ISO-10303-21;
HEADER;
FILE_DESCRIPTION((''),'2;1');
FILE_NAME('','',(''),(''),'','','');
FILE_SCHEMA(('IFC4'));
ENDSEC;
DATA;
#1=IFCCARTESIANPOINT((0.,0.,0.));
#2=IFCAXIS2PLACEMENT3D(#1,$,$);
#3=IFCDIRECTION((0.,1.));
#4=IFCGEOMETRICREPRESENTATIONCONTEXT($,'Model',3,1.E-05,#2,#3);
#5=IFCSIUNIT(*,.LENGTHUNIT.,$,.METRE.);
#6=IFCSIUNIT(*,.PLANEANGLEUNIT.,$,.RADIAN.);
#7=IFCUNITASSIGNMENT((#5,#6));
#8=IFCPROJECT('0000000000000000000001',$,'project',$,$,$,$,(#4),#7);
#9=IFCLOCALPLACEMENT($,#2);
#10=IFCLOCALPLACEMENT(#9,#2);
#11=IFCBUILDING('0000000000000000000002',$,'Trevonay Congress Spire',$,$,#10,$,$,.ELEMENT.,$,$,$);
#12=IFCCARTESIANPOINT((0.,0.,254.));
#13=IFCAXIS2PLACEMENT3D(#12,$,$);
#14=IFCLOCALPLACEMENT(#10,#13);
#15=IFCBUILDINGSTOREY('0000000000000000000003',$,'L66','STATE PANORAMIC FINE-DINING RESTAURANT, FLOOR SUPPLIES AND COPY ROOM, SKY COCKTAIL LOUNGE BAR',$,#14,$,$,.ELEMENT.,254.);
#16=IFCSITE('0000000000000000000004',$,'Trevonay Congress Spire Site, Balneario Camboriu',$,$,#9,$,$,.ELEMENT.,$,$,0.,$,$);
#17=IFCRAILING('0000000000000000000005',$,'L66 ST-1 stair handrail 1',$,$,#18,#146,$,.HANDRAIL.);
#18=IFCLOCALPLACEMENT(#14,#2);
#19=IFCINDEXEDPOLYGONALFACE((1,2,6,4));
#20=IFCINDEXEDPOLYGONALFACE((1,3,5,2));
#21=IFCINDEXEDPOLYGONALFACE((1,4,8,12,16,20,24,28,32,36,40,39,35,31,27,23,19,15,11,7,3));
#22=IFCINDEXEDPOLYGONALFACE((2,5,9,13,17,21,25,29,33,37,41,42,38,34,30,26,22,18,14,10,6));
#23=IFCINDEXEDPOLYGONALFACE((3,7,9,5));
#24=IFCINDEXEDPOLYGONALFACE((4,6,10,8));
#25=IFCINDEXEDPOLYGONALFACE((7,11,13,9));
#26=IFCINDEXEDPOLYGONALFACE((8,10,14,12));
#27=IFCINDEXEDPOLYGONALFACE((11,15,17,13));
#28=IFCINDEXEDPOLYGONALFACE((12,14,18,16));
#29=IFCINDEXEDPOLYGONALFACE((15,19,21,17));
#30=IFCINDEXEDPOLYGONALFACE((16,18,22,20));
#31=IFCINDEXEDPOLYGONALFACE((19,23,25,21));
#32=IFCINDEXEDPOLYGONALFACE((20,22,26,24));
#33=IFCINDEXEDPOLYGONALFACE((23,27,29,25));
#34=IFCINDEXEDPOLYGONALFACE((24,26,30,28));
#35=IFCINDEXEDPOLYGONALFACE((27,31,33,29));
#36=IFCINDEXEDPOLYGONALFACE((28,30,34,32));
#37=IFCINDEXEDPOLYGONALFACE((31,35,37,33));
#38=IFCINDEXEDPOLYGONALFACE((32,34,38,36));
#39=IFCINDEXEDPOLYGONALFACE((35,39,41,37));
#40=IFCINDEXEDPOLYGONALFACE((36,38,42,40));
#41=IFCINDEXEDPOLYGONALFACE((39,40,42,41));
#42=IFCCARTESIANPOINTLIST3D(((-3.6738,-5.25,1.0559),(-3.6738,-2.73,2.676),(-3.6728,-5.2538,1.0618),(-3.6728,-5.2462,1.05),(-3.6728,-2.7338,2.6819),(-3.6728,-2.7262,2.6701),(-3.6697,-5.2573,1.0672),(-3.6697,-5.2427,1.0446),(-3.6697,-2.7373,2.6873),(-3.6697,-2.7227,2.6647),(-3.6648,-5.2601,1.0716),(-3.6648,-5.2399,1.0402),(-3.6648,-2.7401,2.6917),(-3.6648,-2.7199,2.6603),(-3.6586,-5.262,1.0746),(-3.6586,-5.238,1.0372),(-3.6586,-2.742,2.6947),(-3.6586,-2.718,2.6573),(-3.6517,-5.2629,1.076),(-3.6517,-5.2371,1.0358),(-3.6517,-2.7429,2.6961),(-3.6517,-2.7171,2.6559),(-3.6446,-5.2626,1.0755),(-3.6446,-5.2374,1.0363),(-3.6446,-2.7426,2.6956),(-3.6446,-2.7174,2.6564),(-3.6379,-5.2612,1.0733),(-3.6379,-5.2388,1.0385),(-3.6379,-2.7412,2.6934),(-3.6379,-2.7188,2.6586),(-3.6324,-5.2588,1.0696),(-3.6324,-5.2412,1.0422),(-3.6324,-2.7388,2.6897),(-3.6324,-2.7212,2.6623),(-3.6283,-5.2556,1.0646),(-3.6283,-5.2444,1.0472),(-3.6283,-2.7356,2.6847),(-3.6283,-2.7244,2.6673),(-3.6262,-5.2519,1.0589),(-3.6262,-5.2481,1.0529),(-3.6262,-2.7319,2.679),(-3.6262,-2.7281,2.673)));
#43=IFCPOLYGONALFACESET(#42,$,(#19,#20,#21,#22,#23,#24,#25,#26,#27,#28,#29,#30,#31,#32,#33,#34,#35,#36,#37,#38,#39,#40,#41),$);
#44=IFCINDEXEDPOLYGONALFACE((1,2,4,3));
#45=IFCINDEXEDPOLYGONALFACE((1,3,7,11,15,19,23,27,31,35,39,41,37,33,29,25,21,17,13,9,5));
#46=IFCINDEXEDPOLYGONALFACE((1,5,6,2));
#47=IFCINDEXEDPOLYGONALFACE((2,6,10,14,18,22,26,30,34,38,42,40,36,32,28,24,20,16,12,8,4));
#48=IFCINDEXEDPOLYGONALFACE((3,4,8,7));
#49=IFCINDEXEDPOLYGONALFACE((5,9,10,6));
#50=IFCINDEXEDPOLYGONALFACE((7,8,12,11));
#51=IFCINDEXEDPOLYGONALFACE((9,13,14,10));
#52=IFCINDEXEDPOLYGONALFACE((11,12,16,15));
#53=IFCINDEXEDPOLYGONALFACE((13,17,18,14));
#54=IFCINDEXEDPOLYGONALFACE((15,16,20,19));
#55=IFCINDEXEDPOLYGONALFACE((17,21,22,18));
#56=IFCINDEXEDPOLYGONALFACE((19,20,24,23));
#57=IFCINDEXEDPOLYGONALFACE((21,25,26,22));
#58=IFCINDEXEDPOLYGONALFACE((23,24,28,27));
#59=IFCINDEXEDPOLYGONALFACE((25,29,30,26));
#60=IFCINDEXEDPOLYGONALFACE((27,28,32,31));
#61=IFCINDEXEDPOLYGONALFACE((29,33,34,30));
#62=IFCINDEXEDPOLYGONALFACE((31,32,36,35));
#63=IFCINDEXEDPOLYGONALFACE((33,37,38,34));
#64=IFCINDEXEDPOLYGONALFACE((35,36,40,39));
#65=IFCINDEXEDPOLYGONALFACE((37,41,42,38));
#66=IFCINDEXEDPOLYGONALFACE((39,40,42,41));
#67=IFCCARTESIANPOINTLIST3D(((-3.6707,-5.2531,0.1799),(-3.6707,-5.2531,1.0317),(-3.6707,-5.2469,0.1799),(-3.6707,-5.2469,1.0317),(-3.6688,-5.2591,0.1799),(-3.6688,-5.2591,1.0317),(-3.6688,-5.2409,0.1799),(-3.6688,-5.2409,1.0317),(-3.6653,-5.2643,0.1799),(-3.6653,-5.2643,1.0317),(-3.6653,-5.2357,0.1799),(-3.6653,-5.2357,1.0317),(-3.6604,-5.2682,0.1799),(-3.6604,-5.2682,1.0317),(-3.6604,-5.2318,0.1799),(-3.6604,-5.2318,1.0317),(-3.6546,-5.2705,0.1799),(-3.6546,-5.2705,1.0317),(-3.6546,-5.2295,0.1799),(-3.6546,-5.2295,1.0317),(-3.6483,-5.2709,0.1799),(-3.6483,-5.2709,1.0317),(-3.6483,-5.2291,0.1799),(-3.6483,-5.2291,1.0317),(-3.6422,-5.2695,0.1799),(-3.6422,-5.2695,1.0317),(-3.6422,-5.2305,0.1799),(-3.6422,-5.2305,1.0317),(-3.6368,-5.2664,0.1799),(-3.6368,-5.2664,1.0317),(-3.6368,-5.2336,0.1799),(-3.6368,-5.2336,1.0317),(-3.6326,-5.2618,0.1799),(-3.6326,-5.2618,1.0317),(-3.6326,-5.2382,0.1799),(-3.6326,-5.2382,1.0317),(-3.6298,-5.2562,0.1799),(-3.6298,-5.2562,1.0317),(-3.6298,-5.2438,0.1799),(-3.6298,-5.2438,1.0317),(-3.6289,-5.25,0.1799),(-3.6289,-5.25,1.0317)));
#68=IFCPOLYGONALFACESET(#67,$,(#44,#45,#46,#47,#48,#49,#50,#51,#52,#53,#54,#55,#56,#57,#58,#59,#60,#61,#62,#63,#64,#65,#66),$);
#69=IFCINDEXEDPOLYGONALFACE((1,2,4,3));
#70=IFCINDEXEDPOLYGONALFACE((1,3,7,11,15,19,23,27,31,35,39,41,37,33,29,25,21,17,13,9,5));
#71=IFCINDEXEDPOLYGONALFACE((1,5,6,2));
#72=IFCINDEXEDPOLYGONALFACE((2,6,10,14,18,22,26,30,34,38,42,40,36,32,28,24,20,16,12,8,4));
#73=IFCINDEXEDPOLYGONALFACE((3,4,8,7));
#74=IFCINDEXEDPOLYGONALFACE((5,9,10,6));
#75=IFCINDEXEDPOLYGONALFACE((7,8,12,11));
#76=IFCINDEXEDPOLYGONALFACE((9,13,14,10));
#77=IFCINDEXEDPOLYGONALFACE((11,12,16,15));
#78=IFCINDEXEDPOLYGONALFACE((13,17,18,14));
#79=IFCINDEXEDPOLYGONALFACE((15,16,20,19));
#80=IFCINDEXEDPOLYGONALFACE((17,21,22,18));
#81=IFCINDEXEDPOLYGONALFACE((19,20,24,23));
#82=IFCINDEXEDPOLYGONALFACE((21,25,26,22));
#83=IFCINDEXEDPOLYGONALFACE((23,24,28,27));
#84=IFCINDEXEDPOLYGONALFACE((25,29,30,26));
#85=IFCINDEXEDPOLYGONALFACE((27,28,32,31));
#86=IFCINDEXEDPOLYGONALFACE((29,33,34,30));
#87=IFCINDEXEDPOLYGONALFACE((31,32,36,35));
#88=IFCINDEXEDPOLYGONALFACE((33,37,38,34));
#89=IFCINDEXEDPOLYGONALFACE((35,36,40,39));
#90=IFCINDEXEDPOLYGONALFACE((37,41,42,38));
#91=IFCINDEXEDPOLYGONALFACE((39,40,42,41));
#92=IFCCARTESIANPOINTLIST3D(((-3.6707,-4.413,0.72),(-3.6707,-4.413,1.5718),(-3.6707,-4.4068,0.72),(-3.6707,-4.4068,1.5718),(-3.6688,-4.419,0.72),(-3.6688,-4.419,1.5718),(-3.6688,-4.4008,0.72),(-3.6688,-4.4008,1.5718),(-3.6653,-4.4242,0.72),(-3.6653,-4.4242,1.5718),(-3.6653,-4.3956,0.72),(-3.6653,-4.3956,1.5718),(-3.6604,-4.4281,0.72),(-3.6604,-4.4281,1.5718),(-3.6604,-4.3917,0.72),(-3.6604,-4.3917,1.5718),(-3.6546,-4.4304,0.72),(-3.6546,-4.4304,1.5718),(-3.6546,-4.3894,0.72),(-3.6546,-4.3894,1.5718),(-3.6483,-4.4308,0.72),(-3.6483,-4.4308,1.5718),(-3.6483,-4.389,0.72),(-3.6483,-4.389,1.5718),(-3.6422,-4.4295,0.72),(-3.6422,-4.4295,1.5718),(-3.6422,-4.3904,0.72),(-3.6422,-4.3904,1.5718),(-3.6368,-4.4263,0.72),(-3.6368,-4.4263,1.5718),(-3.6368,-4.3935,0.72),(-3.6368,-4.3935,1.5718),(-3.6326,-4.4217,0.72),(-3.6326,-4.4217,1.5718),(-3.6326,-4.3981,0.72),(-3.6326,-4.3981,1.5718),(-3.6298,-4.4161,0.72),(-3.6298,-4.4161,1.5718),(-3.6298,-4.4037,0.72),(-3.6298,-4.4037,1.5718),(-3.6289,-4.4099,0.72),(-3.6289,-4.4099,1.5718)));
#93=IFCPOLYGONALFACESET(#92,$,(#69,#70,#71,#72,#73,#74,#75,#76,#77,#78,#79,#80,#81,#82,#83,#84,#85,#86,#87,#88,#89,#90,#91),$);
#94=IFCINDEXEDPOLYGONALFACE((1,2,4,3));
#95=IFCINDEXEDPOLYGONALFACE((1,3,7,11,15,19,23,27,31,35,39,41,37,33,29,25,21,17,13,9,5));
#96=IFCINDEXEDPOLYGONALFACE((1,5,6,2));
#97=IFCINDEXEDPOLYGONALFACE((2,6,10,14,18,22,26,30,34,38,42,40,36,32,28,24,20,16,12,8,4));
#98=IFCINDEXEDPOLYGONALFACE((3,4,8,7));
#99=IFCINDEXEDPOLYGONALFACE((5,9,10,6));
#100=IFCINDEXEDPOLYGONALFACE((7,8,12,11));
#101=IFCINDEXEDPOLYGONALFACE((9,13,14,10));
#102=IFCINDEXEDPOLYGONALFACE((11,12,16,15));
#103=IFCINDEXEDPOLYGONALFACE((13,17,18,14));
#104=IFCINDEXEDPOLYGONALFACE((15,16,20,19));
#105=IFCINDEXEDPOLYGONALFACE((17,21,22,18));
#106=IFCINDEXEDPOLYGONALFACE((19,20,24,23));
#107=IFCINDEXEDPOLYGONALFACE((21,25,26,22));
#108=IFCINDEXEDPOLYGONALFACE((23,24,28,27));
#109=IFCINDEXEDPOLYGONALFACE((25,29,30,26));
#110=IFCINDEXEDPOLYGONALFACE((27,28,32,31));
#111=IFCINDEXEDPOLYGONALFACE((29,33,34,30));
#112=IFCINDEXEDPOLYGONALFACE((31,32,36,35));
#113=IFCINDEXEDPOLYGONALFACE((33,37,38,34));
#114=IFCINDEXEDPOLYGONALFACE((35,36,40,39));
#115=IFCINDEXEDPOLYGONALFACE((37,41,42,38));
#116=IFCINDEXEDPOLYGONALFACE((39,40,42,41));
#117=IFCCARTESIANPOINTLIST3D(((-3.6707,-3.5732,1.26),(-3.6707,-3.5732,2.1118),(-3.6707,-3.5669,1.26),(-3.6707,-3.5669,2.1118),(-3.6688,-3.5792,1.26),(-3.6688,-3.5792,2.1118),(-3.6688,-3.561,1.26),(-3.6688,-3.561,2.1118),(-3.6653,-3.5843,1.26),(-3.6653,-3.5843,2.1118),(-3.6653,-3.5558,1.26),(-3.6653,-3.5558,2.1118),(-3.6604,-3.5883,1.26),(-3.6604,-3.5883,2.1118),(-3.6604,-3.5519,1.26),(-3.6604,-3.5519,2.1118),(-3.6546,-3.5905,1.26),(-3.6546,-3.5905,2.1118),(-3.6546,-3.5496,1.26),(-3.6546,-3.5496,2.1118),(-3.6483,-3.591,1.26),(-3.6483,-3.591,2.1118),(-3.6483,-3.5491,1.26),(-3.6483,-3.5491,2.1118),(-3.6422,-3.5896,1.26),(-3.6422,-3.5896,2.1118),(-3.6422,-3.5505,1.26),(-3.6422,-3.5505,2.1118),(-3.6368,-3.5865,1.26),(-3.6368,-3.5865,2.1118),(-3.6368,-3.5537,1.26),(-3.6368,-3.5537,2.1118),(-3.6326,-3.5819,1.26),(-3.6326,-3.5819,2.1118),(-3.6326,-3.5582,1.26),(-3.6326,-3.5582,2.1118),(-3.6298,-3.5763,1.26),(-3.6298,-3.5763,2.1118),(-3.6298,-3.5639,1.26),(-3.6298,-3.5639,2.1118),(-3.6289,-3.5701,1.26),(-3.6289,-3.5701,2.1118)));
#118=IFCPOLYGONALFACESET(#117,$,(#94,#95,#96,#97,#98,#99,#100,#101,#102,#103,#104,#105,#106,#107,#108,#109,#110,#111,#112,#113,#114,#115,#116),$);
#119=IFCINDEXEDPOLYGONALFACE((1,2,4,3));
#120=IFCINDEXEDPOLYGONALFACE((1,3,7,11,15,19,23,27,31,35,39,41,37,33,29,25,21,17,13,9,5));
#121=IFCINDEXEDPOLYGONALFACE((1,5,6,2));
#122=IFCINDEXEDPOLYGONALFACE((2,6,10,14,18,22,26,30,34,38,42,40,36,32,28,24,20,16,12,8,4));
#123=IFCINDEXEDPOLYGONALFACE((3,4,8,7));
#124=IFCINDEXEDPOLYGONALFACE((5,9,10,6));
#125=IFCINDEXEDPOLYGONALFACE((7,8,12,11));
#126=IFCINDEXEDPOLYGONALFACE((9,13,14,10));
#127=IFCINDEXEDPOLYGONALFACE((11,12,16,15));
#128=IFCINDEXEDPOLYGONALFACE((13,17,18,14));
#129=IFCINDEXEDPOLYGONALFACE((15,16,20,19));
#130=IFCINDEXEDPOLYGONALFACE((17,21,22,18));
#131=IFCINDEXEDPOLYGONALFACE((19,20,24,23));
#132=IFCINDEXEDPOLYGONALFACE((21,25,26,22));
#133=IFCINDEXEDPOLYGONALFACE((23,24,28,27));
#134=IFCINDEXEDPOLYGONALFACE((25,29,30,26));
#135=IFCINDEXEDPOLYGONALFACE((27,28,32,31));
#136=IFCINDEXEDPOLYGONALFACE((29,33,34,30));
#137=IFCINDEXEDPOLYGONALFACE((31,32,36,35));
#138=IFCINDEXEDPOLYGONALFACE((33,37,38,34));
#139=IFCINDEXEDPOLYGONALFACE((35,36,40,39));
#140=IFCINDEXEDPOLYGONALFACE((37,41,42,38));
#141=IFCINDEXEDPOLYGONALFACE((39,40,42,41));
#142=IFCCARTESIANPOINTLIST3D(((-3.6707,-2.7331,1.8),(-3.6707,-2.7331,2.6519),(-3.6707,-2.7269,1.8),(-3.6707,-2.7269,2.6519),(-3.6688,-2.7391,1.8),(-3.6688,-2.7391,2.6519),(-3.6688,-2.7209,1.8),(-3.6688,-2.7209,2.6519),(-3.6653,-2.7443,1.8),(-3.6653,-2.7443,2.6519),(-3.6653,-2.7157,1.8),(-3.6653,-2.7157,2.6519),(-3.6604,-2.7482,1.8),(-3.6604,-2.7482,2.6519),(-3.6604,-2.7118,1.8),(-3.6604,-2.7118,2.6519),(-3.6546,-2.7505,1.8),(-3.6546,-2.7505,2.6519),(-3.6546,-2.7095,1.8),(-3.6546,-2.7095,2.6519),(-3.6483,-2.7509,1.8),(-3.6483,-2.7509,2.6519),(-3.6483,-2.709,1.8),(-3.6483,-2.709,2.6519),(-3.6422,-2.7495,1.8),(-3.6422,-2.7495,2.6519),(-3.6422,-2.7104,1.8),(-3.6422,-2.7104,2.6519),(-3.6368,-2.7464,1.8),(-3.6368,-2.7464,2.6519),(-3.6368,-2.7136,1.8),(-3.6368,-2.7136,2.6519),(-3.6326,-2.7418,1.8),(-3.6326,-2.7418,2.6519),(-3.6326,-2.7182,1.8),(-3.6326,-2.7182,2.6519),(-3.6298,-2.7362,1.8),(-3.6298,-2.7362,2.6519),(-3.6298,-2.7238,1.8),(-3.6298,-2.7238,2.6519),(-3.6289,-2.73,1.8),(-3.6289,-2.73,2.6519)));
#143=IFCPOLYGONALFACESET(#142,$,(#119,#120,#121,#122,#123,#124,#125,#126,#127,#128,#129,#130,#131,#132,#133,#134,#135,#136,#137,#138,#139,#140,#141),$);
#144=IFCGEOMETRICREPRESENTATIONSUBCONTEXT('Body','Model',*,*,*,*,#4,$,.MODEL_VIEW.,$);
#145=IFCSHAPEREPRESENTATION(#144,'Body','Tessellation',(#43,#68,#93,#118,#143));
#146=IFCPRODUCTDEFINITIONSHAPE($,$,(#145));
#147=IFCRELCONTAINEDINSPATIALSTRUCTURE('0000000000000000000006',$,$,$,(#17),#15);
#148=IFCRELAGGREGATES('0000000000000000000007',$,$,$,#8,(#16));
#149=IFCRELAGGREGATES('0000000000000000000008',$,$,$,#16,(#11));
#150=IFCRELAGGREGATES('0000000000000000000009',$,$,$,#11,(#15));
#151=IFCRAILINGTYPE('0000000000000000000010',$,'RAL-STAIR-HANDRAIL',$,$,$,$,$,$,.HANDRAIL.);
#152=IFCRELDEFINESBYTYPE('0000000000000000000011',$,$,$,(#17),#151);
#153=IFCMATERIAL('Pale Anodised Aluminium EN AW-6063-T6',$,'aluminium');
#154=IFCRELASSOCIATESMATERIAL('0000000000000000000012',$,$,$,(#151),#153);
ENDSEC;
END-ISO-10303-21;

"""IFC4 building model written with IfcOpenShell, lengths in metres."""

from ifc_helpers import new_model, si_unit, direction, frame, origin, origin_2d, place, context, subcontext, project, spatial, circle, extrude, material, type_object, element, save


model = new_model("IFC4")

# Units and contexts
model_context = context("Model", 3, precision=1e-05, world=origin(), true_north=direction((0.0, 1.0)))
body_context = subcontext(model_context, "Body", "Model", "MODEL_VIEW")
ifc_project = project(units=[si_unit("LENGTHUNIT", "METRE"), si_unit("PLANEANGLEUNIT", "RADIAN")], contexts=[model_context])

# Site, building, storey
site_placement = place(None, origin())
site = spatial("IfcSite", under=ifc_project, at=site_placement, Name="Trevonay Congress Spire Site, Balneario Camboriu", CompositionType="ELEMENT", RefElevation=0.0)
building_placement = place(site_placement, origin())
building = spatial("IfcBuilding", under=site, at=building_placement, Name="Trevonay Congress Spire", CompositionType="ELEMENT")
storey_placement = place(building_placement, frame((0.0, 0.0, 254.0)))
storey = spatial("IfcBuildingStorey", under=building, at=storey_placement, Name="L66", Description="STATE PANORAMIC FINE-DINING RESTAURANT, FLOOR SUPPLIES AND COPY ROOM, SKY COCKTAIL LOUNGE BAR", CompositionType="ELEMENT", Elevation=254.0)

# Railing
ifc_material_1 = material(Name="Pale Anodised Aluminium EN AW-6063-T6", Category="aluminium")
railing_type_1 = type_object("IfcRailingType", Name="RAL-STAIR-HANDRAIL", PredefinedType="HANDRAIL", material=ifc_material_1)
railing_1_placement = place(storey_placement, frame((-3.6499, -5.25, 0.1799)))
element("IfcRailing", 1, at=railing_1_placement, inside=storey, type_object=railing_type_1, Name="L66 ST-1 stair handrail 1", PredefinedType="HANDRAIL", context=body_context, shape_type="SweptSolid", body=[
    extrude(circle(Radius=0.0239, at=origin_2d()), frame((0.0, 0.0, 0.876), z_axis=(0.0, 0.841163, 0.540782), x_axis=(-1.0, 0.0, 0.0)), (0.0, 0.0, 1.0), 2.9958),
    extrude(circle(Radius=0.021, at=origin_2d()), origin(), (0.0, 0.0, 1.0), 0.8518),
    extrude(circle(Radius=0.021, at=origin_2d()), frame((0.0, 0.8401, 0.54)), (0.0, 0.0, 1.0), 0.8518),
    extrude(circle(Radius=0.021, at=origin_2d()), frame((0.0, 1.6799, 1.0801)), (0.0, 0.0, 1.0), 0.8518),
    extrude(circle(Radius=0.021, at=origin_2d()), frame((0.0, 2.52, 1.6201)), (0.0, 0.0, 1.0), 0.8518),
])

save(model, "model.ifc")
